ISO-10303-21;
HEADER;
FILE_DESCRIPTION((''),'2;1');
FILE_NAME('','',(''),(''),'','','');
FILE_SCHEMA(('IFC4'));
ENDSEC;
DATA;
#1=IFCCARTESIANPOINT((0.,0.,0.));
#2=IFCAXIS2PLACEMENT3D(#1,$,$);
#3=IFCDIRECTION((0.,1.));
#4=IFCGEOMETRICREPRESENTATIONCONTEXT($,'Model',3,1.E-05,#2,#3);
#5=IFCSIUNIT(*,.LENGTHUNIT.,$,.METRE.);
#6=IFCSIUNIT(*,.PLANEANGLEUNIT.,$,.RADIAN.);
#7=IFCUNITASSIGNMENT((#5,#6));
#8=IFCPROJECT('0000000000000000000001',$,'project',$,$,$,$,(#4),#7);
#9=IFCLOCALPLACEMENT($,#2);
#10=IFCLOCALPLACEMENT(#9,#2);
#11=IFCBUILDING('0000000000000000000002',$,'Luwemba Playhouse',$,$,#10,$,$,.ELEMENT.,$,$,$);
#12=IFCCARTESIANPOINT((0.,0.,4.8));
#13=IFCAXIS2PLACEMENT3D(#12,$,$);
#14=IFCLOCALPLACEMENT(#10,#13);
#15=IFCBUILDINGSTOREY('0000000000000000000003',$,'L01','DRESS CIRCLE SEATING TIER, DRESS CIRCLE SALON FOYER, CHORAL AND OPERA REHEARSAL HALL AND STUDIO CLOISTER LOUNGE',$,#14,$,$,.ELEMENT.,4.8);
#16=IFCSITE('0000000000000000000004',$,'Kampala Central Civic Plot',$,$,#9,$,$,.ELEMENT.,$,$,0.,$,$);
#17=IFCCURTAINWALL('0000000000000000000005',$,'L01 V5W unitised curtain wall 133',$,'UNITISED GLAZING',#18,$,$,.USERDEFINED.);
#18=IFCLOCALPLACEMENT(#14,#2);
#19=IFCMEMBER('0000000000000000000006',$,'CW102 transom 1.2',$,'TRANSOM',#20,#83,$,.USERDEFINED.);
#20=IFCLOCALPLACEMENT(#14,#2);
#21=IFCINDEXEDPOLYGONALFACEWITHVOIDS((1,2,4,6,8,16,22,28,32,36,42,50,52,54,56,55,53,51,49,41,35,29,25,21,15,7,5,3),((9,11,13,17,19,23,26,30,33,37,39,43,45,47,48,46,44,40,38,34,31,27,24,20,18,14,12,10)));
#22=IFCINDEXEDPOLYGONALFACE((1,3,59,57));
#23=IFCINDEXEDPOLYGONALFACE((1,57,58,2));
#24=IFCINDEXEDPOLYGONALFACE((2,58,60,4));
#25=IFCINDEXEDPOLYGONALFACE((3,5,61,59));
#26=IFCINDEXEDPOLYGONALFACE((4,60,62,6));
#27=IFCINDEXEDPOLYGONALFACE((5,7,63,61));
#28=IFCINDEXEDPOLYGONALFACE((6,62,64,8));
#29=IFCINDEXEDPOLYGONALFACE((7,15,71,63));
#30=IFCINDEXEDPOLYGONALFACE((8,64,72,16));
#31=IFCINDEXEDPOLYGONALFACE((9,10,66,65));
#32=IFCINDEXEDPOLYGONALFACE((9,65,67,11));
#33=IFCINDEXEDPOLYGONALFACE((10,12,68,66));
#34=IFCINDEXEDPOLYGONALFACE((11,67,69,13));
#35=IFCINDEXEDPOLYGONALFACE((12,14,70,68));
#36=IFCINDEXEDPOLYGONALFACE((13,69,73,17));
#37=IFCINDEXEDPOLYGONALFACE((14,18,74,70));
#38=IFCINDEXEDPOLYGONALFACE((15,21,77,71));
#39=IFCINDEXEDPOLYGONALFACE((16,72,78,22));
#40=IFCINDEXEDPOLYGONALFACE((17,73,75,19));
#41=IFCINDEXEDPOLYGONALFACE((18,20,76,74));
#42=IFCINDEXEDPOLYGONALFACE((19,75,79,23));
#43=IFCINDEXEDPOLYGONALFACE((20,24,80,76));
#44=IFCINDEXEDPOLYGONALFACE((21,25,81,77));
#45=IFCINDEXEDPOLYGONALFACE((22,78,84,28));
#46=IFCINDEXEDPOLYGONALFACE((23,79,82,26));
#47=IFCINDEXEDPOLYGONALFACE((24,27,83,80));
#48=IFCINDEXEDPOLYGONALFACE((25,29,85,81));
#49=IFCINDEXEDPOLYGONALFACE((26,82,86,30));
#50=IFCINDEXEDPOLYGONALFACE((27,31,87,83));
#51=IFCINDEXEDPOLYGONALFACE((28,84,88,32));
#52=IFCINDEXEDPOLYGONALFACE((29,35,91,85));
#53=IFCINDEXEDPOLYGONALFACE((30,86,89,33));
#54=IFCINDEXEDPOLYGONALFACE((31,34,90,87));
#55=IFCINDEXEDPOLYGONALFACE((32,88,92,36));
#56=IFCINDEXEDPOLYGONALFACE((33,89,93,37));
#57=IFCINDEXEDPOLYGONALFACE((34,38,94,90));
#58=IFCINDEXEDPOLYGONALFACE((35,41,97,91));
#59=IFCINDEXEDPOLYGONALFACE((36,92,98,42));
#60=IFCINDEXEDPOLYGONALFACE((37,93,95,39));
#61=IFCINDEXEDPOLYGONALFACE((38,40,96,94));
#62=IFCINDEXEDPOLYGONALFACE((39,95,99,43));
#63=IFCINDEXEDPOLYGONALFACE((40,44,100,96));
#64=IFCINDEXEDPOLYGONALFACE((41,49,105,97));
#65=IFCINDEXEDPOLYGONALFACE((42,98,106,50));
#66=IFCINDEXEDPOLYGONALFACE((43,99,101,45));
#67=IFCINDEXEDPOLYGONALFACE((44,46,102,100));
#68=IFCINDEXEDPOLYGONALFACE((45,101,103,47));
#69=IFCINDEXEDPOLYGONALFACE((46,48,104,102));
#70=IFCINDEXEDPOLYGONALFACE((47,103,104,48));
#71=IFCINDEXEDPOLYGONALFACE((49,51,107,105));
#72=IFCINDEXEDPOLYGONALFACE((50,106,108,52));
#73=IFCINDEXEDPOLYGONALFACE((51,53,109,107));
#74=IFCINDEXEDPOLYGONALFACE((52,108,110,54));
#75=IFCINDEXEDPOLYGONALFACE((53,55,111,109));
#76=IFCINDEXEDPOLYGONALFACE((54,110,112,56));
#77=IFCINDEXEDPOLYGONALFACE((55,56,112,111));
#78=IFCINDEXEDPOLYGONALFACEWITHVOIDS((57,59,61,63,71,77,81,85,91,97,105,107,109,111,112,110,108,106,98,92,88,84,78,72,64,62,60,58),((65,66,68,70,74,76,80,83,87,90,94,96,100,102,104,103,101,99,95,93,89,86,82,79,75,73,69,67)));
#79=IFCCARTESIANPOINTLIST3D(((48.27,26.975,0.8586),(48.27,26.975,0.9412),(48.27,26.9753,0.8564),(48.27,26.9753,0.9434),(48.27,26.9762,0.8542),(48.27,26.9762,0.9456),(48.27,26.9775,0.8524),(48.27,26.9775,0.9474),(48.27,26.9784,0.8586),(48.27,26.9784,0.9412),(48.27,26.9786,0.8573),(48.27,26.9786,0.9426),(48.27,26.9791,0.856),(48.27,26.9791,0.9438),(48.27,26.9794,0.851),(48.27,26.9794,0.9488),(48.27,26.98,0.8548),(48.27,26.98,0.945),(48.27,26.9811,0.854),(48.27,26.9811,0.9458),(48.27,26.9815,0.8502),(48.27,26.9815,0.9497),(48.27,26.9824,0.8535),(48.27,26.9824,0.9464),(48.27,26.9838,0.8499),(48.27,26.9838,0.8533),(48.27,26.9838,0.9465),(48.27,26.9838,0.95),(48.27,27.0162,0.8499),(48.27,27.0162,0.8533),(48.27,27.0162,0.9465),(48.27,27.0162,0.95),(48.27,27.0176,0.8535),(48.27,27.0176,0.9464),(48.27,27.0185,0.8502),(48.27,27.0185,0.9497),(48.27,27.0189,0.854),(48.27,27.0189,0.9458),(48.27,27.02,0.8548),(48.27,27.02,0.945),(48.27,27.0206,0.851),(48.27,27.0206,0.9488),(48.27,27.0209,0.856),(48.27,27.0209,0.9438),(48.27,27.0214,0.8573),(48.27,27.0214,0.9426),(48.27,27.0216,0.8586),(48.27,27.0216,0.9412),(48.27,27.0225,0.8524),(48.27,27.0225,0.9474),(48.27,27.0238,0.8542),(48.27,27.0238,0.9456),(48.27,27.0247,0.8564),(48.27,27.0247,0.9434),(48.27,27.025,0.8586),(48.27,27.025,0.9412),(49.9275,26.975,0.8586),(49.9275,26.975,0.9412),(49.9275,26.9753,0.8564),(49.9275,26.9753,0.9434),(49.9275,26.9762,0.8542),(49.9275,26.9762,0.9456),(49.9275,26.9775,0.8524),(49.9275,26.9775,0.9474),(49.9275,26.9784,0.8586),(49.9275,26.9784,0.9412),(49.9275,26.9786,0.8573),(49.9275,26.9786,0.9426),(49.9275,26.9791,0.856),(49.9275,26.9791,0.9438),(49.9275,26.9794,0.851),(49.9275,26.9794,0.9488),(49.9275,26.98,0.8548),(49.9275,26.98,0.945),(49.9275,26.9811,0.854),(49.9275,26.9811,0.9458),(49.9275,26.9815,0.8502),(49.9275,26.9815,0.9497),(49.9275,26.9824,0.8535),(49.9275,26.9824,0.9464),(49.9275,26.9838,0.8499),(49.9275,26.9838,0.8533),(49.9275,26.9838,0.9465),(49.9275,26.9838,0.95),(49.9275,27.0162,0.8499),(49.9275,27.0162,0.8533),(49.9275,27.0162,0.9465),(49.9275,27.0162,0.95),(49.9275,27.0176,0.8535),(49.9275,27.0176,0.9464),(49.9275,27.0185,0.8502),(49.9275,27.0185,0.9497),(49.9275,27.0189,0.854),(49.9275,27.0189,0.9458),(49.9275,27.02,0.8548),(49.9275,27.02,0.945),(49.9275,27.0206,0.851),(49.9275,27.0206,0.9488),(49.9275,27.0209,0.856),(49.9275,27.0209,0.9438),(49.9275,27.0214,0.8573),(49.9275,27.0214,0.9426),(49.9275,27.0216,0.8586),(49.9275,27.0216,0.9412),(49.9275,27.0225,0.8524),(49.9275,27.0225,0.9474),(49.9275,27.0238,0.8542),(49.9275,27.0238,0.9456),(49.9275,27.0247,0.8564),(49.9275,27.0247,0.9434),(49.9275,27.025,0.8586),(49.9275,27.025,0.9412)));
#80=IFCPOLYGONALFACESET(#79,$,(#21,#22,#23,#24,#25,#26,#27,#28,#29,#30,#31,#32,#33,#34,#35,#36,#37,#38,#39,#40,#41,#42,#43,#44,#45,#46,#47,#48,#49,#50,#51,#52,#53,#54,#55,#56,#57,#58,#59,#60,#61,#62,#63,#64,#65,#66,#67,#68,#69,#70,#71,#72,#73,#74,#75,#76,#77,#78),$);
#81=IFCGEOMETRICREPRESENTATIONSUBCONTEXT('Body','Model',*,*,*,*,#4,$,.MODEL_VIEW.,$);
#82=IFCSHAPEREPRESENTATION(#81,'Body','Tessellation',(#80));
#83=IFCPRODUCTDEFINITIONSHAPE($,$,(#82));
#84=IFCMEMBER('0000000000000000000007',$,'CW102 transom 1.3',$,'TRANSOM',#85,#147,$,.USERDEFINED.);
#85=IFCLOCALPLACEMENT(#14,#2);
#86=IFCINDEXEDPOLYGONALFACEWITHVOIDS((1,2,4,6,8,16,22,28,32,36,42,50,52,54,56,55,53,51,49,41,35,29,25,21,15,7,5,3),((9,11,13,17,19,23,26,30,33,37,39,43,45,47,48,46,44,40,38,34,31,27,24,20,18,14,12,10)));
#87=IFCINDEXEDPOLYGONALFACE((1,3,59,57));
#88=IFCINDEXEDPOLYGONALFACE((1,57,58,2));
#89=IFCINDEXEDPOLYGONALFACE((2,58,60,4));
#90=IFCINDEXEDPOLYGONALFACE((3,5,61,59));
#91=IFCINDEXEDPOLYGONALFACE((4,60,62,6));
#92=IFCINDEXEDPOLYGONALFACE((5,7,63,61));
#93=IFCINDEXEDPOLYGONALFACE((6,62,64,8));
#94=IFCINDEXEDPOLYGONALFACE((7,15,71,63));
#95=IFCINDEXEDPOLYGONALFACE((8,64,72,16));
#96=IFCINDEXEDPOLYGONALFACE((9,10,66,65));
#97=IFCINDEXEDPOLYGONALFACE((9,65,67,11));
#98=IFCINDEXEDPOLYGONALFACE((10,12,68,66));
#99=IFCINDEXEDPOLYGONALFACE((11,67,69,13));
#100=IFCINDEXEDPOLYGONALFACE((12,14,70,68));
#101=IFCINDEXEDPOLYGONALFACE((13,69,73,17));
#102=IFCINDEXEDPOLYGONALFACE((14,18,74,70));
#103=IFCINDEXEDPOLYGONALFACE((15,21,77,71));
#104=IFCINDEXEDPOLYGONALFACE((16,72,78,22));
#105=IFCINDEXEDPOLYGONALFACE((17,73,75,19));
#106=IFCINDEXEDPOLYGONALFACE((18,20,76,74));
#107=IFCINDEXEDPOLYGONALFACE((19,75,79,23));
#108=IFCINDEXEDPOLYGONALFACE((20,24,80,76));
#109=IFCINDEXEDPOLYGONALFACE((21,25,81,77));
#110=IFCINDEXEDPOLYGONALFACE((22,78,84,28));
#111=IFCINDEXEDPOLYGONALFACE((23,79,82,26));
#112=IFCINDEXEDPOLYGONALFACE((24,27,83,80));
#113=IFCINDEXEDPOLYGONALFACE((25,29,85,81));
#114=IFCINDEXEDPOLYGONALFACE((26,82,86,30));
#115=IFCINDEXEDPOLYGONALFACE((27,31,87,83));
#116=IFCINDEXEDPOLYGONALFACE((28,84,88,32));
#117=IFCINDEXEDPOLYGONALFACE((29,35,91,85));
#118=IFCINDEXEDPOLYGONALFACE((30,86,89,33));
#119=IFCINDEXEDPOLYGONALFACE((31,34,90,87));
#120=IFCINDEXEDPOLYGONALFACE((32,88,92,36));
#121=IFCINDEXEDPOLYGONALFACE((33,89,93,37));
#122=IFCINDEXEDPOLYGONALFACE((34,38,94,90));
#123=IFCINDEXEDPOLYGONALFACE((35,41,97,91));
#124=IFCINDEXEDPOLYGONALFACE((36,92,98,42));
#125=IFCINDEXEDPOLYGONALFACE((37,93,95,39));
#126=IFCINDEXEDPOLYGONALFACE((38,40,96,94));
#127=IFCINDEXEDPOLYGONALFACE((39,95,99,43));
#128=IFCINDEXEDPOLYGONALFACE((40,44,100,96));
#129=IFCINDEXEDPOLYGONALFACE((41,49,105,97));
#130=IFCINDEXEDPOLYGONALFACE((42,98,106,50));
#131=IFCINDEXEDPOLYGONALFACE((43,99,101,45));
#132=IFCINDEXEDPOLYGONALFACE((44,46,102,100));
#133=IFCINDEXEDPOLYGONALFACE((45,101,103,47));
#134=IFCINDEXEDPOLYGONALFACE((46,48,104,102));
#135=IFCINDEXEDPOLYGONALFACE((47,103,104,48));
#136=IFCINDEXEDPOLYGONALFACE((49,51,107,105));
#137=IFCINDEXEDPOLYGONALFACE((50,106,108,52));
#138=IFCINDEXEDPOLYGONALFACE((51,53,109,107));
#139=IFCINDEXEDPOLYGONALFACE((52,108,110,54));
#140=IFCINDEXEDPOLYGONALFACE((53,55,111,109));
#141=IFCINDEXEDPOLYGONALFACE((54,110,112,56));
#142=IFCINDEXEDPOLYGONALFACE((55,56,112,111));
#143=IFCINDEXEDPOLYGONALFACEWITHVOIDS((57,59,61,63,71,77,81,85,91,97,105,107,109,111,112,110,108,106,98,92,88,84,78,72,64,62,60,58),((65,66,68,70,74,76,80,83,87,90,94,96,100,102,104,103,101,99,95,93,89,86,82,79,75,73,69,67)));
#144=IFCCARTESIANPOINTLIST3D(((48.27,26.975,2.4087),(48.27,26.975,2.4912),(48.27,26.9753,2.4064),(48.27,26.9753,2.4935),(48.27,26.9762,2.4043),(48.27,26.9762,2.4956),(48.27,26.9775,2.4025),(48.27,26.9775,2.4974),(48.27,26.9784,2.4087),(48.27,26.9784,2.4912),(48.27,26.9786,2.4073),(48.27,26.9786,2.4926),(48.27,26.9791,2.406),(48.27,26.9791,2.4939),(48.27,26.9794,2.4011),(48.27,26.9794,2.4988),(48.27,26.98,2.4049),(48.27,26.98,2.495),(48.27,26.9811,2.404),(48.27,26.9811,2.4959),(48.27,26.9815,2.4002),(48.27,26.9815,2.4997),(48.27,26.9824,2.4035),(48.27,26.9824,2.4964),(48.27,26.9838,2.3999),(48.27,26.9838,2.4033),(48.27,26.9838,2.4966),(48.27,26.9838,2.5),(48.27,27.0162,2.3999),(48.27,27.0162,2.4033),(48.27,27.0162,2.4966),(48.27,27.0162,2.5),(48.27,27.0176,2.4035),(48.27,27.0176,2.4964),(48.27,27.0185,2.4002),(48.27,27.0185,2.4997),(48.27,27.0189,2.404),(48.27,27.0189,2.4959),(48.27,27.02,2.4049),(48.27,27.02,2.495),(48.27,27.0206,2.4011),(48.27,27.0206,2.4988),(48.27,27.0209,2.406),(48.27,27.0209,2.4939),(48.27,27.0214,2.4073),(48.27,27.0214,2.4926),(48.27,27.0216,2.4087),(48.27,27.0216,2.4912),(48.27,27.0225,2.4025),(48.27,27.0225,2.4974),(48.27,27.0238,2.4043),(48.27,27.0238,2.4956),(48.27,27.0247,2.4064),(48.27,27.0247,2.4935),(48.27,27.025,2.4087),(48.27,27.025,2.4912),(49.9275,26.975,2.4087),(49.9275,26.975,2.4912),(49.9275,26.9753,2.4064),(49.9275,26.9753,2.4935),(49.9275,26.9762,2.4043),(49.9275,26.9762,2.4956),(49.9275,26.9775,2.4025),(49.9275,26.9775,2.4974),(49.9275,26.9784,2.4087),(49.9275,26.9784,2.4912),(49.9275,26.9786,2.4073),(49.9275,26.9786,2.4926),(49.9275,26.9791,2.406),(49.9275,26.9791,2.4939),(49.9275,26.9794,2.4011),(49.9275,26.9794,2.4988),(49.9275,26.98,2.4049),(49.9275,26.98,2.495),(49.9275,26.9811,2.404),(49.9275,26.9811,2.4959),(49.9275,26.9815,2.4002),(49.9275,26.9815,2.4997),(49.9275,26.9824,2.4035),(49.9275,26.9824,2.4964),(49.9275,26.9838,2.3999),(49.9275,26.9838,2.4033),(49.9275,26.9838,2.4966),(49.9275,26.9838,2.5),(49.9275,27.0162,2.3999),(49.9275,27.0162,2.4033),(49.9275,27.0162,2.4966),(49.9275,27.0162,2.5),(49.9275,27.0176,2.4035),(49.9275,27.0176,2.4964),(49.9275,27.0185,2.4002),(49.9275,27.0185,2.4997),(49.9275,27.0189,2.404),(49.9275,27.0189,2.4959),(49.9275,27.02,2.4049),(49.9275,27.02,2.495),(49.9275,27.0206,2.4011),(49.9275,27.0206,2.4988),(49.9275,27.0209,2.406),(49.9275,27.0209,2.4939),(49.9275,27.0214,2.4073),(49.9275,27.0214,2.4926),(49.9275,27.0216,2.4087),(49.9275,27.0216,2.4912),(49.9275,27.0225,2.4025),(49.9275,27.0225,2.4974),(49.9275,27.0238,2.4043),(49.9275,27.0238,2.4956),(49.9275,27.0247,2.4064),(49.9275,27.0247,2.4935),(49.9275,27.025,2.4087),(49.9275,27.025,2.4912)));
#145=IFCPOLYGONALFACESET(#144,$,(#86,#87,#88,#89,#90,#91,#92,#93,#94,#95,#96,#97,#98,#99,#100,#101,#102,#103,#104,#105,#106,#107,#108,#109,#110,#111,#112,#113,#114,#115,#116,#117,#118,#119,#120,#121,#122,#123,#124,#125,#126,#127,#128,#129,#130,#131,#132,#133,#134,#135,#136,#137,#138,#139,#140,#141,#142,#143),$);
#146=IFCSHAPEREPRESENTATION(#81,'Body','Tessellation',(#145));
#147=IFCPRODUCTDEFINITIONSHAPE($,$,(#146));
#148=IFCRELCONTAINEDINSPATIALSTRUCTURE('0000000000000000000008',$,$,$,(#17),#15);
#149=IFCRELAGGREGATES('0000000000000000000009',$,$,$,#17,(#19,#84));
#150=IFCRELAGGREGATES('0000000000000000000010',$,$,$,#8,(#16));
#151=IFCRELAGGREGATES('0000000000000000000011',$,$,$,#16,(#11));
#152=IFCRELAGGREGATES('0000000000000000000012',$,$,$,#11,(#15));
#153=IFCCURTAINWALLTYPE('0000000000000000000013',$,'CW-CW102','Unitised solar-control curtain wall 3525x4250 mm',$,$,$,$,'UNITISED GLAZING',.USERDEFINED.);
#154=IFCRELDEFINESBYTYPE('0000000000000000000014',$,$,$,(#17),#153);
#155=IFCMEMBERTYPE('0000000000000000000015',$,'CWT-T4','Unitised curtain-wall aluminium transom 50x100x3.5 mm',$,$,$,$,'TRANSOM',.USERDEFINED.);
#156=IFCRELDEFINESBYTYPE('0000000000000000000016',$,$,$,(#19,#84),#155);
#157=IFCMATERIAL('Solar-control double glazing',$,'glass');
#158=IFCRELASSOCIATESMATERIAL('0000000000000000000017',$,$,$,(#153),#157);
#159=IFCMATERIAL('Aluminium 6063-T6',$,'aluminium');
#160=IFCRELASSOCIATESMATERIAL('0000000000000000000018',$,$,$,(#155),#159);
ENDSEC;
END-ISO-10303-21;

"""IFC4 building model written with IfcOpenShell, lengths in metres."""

from ifc_helpers import new_model, si_unit, direction, frame, origin, origin_2d, place, context, subcontext, project, spatial, hollow_rectangle, extrude, material, material_profile, profile_set, type_object, element, aggregate, save


model = new_model("IFC4")

# Units and contexts
model_context = context("Model", 3, precision=1e-05, world=origin(), true_north=direction((0.0, 1.0)))
body_context = subcontext(model_context, "Body", "Model", "MODEL_VIEW")
ifc_project = project(units=[si_unit("LENGTHUNIT", "METRE"), si_unit("PLANEANGLEUNIT", "RADIAN")], contexts=[model_context])

# Site, building, storey
site_placement = place(None, origin())
site = spatial("IfcSite", under=ifc_project, at=site_placement, Name="Kampala Central Civic Plot", CompositionType="ELEMENT", RefElevation=0.0)
building_placement = place(site_placement, origin())
building = spatial("IfcBuilding", under=site, at=building_placement, Name="Luwemba Playhouse", CompositionType="ELEMENT")
storey_placement = place(building_placement, frame((0.0, 0.0, 4.8)))
storey = spatial("IfcBuildingStorey", under=building, at=storey_placement, Name="L01", Description="DRESS CIRCLE SEATING TIER, DRESS CIRCLE SALON FOYER, CHORAL AND OPERA REHEARSAL HALL AND STUDIO CLOISTER LOUNGE", CompositionType="ELEMENT", Elevation=4.8)

# Shared definitions
ifc_material_1 = material(Name="Solar-control double glazing", Category="glass")
ifc_material_2 = material(Name="Aluminium 6063-T6", Category="aluminium")

# Curtain wall
curtain_wall_type_1 = type_object("IfcCurtainWallType", Name="CW-CW102", Description="Unitised solar-control curtain wall 3525x4250 mm", ElementType="UNITISED GLAZING", PredefinedType="USERDEFINED", material=ifc_material_1)
curtain_wall_1_placement = place(storey_placement, origin())
curtain_wall_1 = element("IfcCurtainWall", 1, at=curtain_wall_1_placement, inside=storey, type_object=curtain_wall_type_1, Name="L01 V5W unitised curtain wall 133", ObjectType="UNITISED GLAZING", PredefinedType="USERDEFINED")

# Members
ifc_material_profile_1 = material_profile(ifc_material_2, hollow_rectangle(XDim=0.05, YDim=0.1001, WallThickness=0.0034, InnerFilletRadius=0.0054, OuterFilletRadius=0.0088, at=origin_2d()))
ifc_profile_set_1 = profile_set([ifc_material_profile_1], Name="Aluminium 6063-T6")
member_type_1 = type_object("IfcMemberType", Name="CWT-T4", Description="Unitised curtain-wall aluminium transom 50x100x3.5 mm", ElementType="TRANSOM", PredefinedType="USERDEFINED", material=ifc_profile_set_1)
member_1_placement = place(storey_placement, frame((48.27, 27.0, 0.8999), z_axis=(1.0, 0.0, 0.0), x_axis=(0.0, 1.0, 0.0)))
member_1 = element("IfcMember", 2, at=member_1_placement, type_object=member_type_1, Name="CW102 transom 1.2", ObjectType="TRANSOM", PredefinedType="USERDEFINED", context=body_context, shape_type="SweptSolid", body=[
    extrude(hollow_rectangle(XDim=0.05, YDim=0.1001, WallThickness=0.0034, InnerFilletRadius=0.0054, OuterFilletRadius=0.0088, at=origin_2d()), origin(), (0.0, 0.0, 1.0), 1.6575),
])
member_2_placement = place(storey_placement, frame((48.27, 27.0, 2.45), z_axis=(1.0, 0.0, 0.0), x_axis=(0.0, 1.0, 0.0)))
member_2 = element("IfcMember", 3, at=member_2_placement, type_object=member_type_1, Name="CW102 transom 1.3", ObjectType="TRANSOM", PredefinedType="USERDEFINED", context=body_context, shape_type="SweptSolid", body=[
    extrude(hollow_rectangle(XDim=0.05, YDim=0.1001, WallThickness=0.0034, InnerFilletRadius=0.0054, OuterFilletRadius=0.0088, at=origin_2d()), origin(), (0.0, 0.0, 1.0), 1.6575),
])

aggregate(curtain_wall_1, [member_1, member_2])

save(model, "model.ifc")
